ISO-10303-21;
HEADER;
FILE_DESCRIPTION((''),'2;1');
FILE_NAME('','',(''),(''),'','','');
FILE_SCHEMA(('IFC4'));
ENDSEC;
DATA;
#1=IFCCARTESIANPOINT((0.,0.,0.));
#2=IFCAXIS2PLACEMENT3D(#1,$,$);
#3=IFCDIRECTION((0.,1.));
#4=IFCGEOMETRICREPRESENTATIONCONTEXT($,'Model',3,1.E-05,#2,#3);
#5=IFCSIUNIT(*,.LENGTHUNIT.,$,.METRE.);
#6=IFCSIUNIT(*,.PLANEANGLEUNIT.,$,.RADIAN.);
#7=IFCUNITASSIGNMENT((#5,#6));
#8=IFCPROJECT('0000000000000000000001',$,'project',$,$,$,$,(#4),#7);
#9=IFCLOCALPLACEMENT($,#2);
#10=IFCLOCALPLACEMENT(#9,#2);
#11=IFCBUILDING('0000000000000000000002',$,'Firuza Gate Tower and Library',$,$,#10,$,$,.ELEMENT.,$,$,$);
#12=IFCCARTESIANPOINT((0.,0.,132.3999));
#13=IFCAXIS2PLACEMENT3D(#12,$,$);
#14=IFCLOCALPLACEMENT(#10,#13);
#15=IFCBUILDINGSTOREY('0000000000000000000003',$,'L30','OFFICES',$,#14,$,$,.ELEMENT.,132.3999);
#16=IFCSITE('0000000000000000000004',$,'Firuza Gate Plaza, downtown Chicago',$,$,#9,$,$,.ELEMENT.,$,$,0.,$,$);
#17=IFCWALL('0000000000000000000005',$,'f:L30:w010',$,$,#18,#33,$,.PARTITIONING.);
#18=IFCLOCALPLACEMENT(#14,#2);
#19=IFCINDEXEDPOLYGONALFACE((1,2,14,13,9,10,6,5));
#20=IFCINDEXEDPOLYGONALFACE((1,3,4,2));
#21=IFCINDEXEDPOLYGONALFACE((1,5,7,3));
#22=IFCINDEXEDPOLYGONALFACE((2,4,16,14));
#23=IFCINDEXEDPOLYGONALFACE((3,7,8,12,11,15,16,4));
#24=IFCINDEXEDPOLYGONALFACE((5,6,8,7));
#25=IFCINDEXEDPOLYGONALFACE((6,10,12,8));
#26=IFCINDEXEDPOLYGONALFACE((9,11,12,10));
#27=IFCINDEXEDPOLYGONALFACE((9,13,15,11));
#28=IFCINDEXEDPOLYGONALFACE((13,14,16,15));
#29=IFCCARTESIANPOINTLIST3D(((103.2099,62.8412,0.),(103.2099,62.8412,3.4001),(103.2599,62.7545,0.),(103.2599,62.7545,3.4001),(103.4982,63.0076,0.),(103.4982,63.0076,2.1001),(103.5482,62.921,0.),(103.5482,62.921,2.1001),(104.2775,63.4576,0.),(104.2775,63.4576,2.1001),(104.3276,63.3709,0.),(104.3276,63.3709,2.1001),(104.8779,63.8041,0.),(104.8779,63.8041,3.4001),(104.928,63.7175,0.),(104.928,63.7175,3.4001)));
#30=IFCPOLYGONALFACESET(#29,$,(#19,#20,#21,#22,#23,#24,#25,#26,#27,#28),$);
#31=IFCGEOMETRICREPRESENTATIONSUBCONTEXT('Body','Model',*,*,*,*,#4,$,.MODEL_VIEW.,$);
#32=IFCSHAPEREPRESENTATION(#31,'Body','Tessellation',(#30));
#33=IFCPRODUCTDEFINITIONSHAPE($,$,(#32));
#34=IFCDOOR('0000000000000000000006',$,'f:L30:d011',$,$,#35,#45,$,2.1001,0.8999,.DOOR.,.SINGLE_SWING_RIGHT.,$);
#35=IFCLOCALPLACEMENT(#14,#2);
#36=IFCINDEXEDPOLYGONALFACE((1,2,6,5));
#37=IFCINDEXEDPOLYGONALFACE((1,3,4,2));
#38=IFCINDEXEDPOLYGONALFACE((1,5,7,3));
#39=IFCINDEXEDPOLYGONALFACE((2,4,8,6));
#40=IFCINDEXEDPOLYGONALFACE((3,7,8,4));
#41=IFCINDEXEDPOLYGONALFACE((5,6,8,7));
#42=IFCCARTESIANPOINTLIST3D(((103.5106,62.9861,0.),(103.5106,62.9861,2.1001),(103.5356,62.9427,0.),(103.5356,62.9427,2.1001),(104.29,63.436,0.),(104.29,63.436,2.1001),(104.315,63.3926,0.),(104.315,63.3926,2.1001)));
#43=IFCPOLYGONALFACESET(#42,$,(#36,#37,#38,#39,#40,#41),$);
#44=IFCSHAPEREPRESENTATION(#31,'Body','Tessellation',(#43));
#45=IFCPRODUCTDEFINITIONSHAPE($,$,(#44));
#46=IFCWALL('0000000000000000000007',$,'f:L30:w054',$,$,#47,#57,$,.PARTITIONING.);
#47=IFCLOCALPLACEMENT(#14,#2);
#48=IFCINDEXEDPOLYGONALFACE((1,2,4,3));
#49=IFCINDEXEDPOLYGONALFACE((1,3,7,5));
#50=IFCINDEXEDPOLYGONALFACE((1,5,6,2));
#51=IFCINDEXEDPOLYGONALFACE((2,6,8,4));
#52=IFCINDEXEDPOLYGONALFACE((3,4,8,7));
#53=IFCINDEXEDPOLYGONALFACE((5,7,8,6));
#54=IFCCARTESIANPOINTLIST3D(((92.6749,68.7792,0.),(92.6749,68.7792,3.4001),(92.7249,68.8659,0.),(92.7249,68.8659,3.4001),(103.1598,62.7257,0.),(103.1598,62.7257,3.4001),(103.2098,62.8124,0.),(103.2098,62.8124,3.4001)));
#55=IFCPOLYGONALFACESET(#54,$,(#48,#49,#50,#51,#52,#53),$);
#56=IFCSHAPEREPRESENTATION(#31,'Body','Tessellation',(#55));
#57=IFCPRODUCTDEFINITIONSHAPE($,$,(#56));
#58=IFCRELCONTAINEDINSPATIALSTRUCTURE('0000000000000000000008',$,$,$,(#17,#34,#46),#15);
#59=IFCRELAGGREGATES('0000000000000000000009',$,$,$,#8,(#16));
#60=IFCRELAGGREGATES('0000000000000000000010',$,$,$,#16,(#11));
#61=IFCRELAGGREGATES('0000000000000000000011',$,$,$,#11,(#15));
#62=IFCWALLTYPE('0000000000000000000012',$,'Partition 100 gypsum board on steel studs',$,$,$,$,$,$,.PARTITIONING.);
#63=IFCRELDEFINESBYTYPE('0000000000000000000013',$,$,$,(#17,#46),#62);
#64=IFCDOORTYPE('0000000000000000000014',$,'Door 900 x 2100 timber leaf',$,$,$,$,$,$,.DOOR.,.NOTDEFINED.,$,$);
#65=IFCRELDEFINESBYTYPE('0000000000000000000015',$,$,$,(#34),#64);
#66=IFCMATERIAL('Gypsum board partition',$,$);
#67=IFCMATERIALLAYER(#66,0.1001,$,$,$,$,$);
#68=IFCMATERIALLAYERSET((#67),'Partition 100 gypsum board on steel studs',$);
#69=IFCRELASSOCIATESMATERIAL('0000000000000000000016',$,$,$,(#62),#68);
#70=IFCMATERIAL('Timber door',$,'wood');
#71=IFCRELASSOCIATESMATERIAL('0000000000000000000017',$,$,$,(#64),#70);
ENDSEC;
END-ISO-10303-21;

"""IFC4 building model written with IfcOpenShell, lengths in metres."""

from ifc_helpers import new_model, si_unit, direction, frame, frame_2d, origin, place, context, subcontext, project, spatial, rectangle, extrude, material, layer, layer_set, type_object, element, fill, save


model = new_model("IFC4")

# Units and contexts
model_context = context("Model", 3, precision=1e-05, world=origin(), true_north=direction((0.0, 1.0)))
body_context = subcontext(model_context, "Body", "Model", "MODEL_VIEW")
ifc_project = project(units=[si_unit("LENGTHUNIT", "METRE"), si_unit("PLANEANGLEUNIT", "RADIAN")], contexts=[model_context])

# Site, building, storey
site_placement = place(None, origin())
site = spatial("IfcSite", under=ifc_project, at=site_placement, Name="Firuza Gate Plaza, downtown Chicago", CompositionType="ELEMENT", RefElevation=0.0)
building_placement = place(site_placement, origin())
building = spatial("IfcBuilding", under=site, at=building_placement, Name="Firuza Gate Tower and Library", CompositionType="ELEMENT")
storey_placement = place(building_placement, frame((0.0, 0.0, 132.3999)))
storey = spatial("IfcBuildingStorey", under=building, at=storey_placement, Name="L30", Description="OFFICES", CompositionType="ELEMENT", Elevation=132.3999)

# Wall, opening, door
ifc_material_1 = material(Name="Gypsum board partition")
ifc_layer_1 = layer(ifc_material_1, 0.1001)
ifc_layer_set_1 = layer_set([ifc_layer_1], Name="Partition 100 gypsum board on steel studs")
wall_type_1 = type_object("IfcWallType", Name="Partition 100 gypsum board on steel studs", PredefinedType="PARTITIONING", material=ifc_layer_set_1)
wall_1_placement = place(storey_placement, frame((104.9028, 63.7607, 0.0), z_axis=(0.0, 0.0, 1.0), x_axis=(-0.86605, -0.499957, 0.0)))
wall_1 = element("IfcWall", 1, at=wall_1_placement, inside=storey, type_object=wall_type_1, Name="f:L30:w010", PredefinedType="PARTITIONING", context=body_context, shape_type="SweptSolid", body=[
    extrude(rectangle(XDim=1.926, YDim=0.1001, at=frame_2d((0.9629, 0.0))), origin(), (0.0, 0.0, 1.0), 3.4001),
])
opening_placement = place(wall_1_placement, frame((0.6931, 0.0, 0.0)))
opening = element("IfcOpeningElement", 2, at=opening_placement, cuts=wall_1, PredefinedType="OPENING", context=body_context, shape_type="SweptSolid", body=[
    extrude(rectangle(XDim=0.8999, YDim=2.1001, at=frame_2d((0.45, 1.05))), frame((0.0, 0.0601, 0.0), z_axis=(0.0, -1.0, 0.0), x_axis=(1.0, 0.0, 0.0)), (0.0, 0.0, 1.0), 0.1201),
])
ifc_material_2 = material(Name="Timber door", Category="wood")
door_type = type_object("IfcDoorType", Name="Door 900 x 2100 timber leaf", OperationType="NOTDEFINED", PredefinedType="DOOR", material=ifc_material_2)
door_placement = place(opening_placement, origin())
door = element("IfcDoor", 3, at=door_placement, inside=storey, type_object=door_type, Name="f:L30:d011", OperationType="SINGLE_SWING_RIGHT", OverallHeight=2.1001, OverallWidth=0.8999, PredefinedType="DOOR", context=body_context, shape_type="SweptSolid", body=[
    extrude(rectangle(XDim=0.8999, YDim=2.1001, at=frame_2d((0.45, 1.05))), frame((0.0, 0.0249, 0.0), z_axis=(0.0, -1.0, 0.0), x_axis=(1.0, 0.0, 0.0)), (0.0, 0.0, 1.0), 0.05),
])
fill(opening, door)

# Wall
wall_2_placement = place(storey_placement, frame((103.1848, 62.769, 0.0), z_axis=(0.0, 0.0, 1.0), x_axis=(-0.866024, 0.500002, 0.0)))
element("IfcWall", 4, at=wall_2_placement, inside=storey, type_object=wall_type_1, Name="f:L30:w054", PredefinedType="PARTITIONING", context=body_context, shape_type="SweptSolid", body=[
    extrude(rectangle(XDim=12.1069, YDim=0.1001, at=frame_2d((6.0535, 0.0))), origin(), (0.0, 0.0, 1.0), 3.4001),
])

save(model, "model.ifc")
